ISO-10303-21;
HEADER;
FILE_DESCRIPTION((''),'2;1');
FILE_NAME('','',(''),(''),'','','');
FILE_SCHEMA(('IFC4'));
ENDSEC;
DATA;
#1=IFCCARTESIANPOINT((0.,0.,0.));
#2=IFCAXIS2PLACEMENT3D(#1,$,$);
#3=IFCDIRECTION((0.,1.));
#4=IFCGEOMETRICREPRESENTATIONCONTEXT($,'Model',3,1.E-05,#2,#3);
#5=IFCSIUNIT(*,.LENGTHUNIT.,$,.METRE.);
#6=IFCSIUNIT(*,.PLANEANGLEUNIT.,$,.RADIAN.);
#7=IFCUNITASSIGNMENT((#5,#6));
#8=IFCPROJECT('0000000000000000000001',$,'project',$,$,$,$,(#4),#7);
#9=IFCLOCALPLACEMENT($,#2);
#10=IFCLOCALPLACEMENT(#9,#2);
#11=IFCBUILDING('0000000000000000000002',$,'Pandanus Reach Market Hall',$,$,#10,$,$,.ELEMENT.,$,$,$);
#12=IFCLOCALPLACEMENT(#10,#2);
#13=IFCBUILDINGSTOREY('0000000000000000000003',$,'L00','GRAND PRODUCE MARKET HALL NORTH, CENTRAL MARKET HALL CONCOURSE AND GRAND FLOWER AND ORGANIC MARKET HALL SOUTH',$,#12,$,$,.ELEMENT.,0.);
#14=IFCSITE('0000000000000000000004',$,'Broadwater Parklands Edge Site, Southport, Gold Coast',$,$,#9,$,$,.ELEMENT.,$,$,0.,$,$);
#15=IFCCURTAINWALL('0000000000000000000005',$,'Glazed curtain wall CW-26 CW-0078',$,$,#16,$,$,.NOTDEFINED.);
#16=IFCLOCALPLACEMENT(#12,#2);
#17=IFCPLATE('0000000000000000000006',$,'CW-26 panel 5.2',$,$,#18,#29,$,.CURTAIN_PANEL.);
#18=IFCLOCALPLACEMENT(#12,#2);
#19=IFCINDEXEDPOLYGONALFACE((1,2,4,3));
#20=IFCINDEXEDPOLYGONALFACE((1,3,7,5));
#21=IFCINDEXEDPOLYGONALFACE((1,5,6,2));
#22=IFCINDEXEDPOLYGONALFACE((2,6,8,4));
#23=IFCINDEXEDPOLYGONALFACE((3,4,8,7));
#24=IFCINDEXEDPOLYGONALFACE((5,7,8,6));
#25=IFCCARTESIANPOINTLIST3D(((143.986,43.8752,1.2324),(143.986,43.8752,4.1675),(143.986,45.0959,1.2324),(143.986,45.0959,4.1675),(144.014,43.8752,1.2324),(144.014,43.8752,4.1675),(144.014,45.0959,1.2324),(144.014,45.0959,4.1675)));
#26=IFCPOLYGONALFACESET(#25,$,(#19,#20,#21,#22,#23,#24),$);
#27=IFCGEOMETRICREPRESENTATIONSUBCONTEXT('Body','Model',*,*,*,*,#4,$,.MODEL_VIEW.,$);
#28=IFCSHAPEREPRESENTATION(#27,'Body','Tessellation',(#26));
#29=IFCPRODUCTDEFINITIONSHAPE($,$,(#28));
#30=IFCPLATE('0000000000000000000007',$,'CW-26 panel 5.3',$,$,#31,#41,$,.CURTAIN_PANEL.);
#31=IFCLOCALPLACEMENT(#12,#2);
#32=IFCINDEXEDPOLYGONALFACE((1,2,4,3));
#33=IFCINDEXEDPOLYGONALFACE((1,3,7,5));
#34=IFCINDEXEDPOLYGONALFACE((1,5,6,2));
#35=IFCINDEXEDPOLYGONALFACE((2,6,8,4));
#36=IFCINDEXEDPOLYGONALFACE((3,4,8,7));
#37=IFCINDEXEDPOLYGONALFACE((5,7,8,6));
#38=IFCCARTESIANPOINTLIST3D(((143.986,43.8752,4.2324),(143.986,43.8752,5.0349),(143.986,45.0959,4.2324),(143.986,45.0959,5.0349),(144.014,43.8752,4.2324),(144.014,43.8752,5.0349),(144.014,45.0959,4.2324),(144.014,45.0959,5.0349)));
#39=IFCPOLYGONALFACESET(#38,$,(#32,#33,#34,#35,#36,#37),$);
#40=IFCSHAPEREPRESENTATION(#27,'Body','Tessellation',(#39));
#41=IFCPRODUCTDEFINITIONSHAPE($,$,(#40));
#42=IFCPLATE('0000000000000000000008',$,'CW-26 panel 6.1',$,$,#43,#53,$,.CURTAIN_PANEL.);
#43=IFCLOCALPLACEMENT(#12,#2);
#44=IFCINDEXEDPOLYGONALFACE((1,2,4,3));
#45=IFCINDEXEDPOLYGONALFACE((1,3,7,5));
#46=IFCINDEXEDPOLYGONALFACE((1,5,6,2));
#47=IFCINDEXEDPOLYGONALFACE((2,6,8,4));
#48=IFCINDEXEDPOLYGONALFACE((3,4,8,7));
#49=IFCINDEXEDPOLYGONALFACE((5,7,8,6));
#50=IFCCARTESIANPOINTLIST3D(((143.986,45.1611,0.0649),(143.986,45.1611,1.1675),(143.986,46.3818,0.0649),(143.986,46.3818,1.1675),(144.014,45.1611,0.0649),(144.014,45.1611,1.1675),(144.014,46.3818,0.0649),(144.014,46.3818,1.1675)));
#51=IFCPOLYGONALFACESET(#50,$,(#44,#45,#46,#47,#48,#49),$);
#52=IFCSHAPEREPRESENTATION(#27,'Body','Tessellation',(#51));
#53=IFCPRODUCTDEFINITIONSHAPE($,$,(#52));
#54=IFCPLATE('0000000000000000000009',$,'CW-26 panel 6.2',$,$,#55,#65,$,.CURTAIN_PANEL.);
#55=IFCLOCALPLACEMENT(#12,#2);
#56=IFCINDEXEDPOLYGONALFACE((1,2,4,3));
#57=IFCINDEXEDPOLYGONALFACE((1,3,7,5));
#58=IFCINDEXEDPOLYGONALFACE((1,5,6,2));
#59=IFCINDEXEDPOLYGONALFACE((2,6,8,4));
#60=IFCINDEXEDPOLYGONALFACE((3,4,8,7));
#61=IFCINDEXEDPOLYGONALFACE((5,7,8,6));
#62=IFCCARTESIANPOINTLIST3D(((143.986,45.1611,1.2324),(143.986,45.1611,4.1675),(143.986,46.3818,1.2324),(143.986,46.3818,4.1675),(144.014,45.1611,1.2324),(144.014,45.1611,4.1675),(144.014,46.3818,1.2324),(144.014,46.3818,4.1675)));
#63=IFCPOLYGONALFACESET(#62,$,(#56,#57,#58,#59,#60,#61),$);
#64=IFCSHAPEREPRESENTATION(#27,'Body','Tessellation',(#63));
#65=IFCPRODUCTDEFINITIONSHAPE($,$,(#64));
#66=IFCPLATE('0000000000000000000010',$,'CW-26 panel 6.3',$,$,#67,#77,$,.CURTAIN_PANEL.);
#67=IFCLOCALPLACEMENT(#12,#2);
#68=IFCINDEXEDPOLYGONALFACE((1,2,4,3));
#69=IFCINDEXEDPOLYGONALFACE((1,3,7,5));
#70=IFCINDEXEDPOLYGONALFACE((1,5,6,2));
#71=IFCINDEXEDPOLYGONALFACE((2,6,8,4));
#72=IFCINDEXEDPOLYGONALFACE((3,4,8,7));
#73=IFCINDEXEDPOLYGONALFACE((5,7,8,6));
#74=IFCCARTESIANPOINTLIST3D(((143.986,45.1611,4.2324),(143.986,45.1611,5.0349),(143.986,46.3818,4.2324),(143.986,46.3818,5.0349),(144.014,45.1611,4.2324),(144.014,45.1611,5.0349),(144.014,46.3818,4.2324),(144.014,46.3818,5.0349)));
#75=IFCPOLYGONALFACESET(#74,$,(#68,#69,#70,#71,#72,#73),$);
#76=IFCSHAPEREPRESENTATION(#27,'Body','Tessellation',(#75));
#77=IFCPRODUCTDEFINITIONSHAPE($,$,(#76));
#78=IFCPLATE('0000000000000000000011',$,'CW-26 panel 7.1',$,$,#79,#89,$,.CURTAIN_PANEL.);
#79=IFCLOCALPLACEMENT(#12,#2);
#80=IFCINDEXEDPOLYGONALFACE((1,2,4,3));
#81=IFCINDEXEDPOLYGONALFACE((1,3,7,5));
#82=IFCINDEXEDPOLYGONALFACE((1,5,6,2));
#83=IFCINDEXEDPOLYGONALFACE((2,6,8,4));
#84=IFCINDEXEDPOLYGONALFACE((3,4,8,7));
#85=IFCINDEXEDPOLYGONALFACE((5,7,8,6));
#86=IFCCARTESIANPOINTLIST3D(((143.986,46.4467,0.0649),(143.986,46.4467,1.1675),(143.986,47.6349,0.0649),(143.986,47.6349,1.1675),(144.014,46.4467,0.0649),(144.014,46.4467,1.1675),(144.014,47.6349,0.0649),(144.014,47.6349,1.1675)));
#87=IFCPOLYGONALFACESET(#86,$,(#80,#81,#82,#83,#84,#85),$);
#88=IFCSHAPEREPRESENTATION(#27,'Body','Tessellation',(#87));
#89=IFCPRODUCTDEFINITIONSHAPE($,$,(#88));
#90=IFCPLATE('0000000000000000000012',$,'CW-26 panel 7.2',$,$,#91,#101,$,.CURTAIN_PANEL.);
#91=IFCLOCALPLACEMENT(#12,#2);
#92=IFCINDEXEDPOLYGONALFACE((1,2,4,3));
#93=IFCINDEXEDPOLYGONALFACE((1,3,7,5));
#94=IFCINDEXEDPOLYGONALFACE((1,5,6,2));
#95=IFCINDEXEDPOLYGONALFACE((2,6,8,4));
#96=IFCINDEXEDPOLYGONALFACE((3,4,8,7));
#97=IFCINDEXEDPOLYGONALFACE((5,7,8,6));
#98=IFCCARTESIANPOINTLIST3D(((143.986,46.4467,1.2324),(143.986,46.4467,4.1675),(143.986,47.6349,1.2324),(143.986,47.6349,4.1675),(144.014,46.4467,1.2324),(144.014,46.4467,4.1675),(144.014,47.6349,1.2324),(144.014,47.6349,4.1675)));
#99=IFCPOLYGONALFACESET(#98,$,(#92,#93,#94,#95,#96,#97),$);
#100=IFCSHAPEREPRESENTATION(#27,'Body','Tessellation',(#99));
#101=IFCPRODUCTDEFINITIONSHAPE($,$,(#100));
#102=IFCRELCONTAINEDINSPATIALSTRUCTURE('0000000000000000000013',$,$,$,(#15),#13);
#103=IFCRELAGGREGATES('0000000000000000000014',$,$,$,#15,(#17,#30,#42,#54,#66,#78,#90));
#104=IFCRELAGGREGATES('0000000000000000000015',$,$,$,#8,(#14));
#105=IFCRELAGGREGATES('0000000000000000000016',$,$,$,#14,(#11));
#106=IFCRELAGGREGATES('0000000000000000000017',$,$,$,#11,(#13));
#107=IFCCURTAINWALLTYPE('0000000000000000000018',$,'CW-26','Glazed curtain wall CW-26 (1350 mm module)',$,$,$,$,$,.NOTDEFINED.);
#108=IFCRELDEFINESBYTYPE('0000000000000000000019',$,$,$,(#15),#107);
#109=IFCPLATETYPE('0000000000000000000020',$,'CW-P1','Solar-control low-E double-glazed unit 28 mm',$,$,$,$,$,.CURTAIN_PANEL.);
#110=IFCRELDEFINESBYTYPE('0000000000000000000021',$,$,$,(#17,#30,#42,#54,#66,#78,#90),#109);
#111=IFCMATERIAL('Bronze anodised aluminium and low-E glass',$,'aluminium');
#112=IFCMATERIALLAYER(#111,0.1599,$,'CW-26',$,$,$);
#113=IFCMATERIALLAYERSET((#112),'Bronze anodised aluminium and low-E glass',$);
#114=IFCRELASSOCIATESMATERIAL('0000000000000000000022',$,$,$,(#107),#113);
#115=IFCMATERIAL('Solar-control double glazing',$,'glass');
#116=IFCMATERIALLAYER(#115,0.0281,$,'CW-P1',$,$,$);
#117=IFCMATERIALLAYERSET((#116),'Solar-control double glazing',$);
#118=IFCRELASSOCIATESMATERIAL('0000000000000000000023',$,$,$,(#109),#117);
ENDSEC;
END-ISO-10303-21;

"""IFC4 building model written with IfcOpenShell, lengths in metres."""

from ifc_helpers import new_model, si_unit, direction, frame, origin, origin_2d, place, context, subcontext, project, spatial, rectangle, extrude, material, layer, layer_set, type_object, element, aggregate, save


model = new_model("IFC4")

# Units and contexts
model_context = context("Model", 3, precision=1e-05, world=origin(), true_north=direction((0.0, 1.0)))
body_context = subcontext(model_context, "Body", "Model", "MODEL_VIEW")
ifc_project = project(units=[si_unit("LENGTHUNIT", "METRE"), si_unit("PLANEANGLEUNIT", "RADIAN")], contexts=[model_context])

# Site, building, storey
site_placement = place(None, origin())
site = spatial("IfcSite", under=ifc_project, at=site_placement, Name="Broadwater Parklands Edge Site, Southport, Gold Coast", CompositionType="ELEMENT", RefElevation=0.0)
building_placement = place(site_placement, origin())
building = spatial("IfcBuilding", under=site, at=building_placement, Name="Pandanus Reach Market Hall", CompositionType="ELEMENT")
storey_placement = place(building_placement, origin())
storey = spatial("IfcBuildingStorey", under=building, at=storey_placement, Name="L00", Description="GRAND PRODUCE MARKET HALL NORTH, CENTRAL MARKET HALL CONCOURSE AND GRAND FLOWER AND ORGANIC MARKET HALL SOUTH", CompositionType="ELEMENT", Elevation=0.0)

# Curtain wall, plates
ifc_material_1 = material(Name="Bronze anodised aluminium and low-E glass", Category="aluminium")
ifc_layer_1 = layer(ifc_material_1, 0.1599, Name="CW-26")
ifc_layer_set_1 = layer_set([ifc_layer_1], Name="Bronze anodised aluminium and low-E glass")
curtain_wall_type = type_object("IfcCurtainWallType", Name="CW-26", Description="Glazed curtain wall CW-26 (1350 mm module)", PredefinedType="NOTDEFINED", material=ifc_layer_set_1)
curtain_wall_placement = place(storey_placement, origin())
curtain_wall = element("IfcCurtainWall", 1, at=curtain_wall_placement, inside=storey, type_object=curtain_wall_type, Name="Glazed curtain wall CW-26 CW-0078", PredefinedType="NOTDEFINED")
ifc_material_2 = material(Name="Solar-control double glazing", Category="glass")
ifc_layer_2 = layer(ifc_material_2, 0.0281, Name="CW-P1")
ifc_layer_set_2 = layer_set([ifc_layer_2], Name="Solar-control double glazing")
plate_type = type_object("IfcPlateType", Name="CW-P1", Description="Solar-control low-E double-glazed unit 28 mm", PredefinedType="CURTAIN_PANEL", material=ifc_layer_set_2)
plate_1_placement = place(storey_placement, frame((144.0, 44.4856, 1.2324), z_axis=(0.0, 0.0, 1.0), x_axis=(0.0, 1.0, 0.0)))
plate_1 = element("IfcPlate", 2, at=plate_1_placement, type_object=plate_type, Name="CW-26 panel 5.2", PredefinedType="CURTAIN_PANEL", context=body_context, shape_type="SweptSolid", body=[
    extrude(rectangle(XDim=1.2207, YDim=0.0281, at=origin_2d()), origin(), (0.0, 0.0, 1.0), 2.9351),
])
plate_2_placement = place(storey_placement, frame((144.0, 44.4856, 4.2324), z_axis=(0.0, 0.0, 1.0), x_axis=(0.0, 1.0, 0.0)))
plate_2 = element("IfcPlate", 3, at=plate_2_placement, type_object=plate_type, Name="CW-26 panel 5.3", PredefinedType="CURTAIN_PANEL", context=body_context, shape_type="SweptSolid", body=[
    extrude(rectangle(XDim=1.2207, YDim=0.0281, at=origin_2d()), origin(), (0.0, 0.0, 1.0), 0.8025),
])
plate_3_placement = place(storey_placement, frame((144.0, 45.7715, 0.0649), z_axis=(0.0, 0.0, 1.0), x_axis=(0.0, 1.0, 0.0)))
plate_3 = element("IfcPlate", 4, at=plate_3_placement, type_object=plate_type, Name="CW-26 panel 6.1", PredefinedType="CURTAIN_PANEL", context=body_context, shape_type="SweptSolid", body=[
    extrude(rectangle(XDim=1.2207, YDim=0.0281, at=origin_2d()), origin(), (0.0, 0.0, 1.0), 1.1025),
])
plate_4_placement = place(storey_placement, frame((144.0, 45.7715, 1.2324), z_axis=(0.0, 0.0, 1.0), x_axis=(0.0, 1.0, 0.0)))
plate_4 = element("IfcPlate", 5, at=plate_4_placement, type_object=plate_type, Name="CW-26 panel 6.2", PredefinedType="CURTAIN_PANEL", context=body_context, shape_type="SweptSolid", body=[
    extrude(rectangle(XDim=1.2207, YDim=0.0281, at=origin_2d()), origin(), (0.0, 0.0, 1.0), 2.9351),
])
plate_5_placement = place(storey_placement, frame((144.0, 45.7715, 4.2324), z_axis=(0.0, 0.0, 1.0), x_axis=(0.0, 1.0, 0.0)))
plate_5 = element("IfcPlate", 6, at=plate_5_placement, type_object=plate_type, Name="CW-26 panel 6.3", PredefinedType="CURTAIN_PANEL", context=body_context, shape_type="SweptSolid", body=[
    extrude(rectangle(XDim=1.2207, YDim=0.0281, at=origin_2d()), origin(), (0.0, 0.0, 1.0), 0.8025),
])
plate_6_placement = place(storey_placement, frame((144.0, 47.0408, 0.0649), z_axis=(0.0, 0.0, 1.0), x_axis=(0.0, 1.0, 0.0)))
plate_6 = element("IfcPlate", 7, at=plate_6_placement, type_object=plate_type, Name="CW-26 panel 7.1", PredefinedType="CURTAIN_PANEL", context=body_context, shape_type="SweptSolid", body=[
    extrude(rectangle(XDim=1.1882, YDim=0.0281, at=origin_2d()), origin(), (0.0, 0.0, 1.0), 1.1025),
])
plate_7_placement = place(storey_placement, frame((144.0, 47.0408, 1.2324), z_axis=(0.0, 0.0, 1.0), x_axis=(0.0, 1.0, 0.0)))
plate_7 = element("IfcPlate", 8, at=plate_7_placement, type_object=plate_type, Name="CW-26 panel 7.2", PredefinedType="CURTAIN_PANEL", context=body_context, shape_type="SweptSolid", body=[
    extrude(rectangle(XDim=1.1882, YDim=0.0281, at=origin_2d()), origin(), (0.0, 0.0, 1.0), 2.9351),
])
aggregate(curtain_wall, [plate_1, plate_2, plate_3, plate_4, plate_5, plate_6, plate_7])

save(model, "model.ifc")
